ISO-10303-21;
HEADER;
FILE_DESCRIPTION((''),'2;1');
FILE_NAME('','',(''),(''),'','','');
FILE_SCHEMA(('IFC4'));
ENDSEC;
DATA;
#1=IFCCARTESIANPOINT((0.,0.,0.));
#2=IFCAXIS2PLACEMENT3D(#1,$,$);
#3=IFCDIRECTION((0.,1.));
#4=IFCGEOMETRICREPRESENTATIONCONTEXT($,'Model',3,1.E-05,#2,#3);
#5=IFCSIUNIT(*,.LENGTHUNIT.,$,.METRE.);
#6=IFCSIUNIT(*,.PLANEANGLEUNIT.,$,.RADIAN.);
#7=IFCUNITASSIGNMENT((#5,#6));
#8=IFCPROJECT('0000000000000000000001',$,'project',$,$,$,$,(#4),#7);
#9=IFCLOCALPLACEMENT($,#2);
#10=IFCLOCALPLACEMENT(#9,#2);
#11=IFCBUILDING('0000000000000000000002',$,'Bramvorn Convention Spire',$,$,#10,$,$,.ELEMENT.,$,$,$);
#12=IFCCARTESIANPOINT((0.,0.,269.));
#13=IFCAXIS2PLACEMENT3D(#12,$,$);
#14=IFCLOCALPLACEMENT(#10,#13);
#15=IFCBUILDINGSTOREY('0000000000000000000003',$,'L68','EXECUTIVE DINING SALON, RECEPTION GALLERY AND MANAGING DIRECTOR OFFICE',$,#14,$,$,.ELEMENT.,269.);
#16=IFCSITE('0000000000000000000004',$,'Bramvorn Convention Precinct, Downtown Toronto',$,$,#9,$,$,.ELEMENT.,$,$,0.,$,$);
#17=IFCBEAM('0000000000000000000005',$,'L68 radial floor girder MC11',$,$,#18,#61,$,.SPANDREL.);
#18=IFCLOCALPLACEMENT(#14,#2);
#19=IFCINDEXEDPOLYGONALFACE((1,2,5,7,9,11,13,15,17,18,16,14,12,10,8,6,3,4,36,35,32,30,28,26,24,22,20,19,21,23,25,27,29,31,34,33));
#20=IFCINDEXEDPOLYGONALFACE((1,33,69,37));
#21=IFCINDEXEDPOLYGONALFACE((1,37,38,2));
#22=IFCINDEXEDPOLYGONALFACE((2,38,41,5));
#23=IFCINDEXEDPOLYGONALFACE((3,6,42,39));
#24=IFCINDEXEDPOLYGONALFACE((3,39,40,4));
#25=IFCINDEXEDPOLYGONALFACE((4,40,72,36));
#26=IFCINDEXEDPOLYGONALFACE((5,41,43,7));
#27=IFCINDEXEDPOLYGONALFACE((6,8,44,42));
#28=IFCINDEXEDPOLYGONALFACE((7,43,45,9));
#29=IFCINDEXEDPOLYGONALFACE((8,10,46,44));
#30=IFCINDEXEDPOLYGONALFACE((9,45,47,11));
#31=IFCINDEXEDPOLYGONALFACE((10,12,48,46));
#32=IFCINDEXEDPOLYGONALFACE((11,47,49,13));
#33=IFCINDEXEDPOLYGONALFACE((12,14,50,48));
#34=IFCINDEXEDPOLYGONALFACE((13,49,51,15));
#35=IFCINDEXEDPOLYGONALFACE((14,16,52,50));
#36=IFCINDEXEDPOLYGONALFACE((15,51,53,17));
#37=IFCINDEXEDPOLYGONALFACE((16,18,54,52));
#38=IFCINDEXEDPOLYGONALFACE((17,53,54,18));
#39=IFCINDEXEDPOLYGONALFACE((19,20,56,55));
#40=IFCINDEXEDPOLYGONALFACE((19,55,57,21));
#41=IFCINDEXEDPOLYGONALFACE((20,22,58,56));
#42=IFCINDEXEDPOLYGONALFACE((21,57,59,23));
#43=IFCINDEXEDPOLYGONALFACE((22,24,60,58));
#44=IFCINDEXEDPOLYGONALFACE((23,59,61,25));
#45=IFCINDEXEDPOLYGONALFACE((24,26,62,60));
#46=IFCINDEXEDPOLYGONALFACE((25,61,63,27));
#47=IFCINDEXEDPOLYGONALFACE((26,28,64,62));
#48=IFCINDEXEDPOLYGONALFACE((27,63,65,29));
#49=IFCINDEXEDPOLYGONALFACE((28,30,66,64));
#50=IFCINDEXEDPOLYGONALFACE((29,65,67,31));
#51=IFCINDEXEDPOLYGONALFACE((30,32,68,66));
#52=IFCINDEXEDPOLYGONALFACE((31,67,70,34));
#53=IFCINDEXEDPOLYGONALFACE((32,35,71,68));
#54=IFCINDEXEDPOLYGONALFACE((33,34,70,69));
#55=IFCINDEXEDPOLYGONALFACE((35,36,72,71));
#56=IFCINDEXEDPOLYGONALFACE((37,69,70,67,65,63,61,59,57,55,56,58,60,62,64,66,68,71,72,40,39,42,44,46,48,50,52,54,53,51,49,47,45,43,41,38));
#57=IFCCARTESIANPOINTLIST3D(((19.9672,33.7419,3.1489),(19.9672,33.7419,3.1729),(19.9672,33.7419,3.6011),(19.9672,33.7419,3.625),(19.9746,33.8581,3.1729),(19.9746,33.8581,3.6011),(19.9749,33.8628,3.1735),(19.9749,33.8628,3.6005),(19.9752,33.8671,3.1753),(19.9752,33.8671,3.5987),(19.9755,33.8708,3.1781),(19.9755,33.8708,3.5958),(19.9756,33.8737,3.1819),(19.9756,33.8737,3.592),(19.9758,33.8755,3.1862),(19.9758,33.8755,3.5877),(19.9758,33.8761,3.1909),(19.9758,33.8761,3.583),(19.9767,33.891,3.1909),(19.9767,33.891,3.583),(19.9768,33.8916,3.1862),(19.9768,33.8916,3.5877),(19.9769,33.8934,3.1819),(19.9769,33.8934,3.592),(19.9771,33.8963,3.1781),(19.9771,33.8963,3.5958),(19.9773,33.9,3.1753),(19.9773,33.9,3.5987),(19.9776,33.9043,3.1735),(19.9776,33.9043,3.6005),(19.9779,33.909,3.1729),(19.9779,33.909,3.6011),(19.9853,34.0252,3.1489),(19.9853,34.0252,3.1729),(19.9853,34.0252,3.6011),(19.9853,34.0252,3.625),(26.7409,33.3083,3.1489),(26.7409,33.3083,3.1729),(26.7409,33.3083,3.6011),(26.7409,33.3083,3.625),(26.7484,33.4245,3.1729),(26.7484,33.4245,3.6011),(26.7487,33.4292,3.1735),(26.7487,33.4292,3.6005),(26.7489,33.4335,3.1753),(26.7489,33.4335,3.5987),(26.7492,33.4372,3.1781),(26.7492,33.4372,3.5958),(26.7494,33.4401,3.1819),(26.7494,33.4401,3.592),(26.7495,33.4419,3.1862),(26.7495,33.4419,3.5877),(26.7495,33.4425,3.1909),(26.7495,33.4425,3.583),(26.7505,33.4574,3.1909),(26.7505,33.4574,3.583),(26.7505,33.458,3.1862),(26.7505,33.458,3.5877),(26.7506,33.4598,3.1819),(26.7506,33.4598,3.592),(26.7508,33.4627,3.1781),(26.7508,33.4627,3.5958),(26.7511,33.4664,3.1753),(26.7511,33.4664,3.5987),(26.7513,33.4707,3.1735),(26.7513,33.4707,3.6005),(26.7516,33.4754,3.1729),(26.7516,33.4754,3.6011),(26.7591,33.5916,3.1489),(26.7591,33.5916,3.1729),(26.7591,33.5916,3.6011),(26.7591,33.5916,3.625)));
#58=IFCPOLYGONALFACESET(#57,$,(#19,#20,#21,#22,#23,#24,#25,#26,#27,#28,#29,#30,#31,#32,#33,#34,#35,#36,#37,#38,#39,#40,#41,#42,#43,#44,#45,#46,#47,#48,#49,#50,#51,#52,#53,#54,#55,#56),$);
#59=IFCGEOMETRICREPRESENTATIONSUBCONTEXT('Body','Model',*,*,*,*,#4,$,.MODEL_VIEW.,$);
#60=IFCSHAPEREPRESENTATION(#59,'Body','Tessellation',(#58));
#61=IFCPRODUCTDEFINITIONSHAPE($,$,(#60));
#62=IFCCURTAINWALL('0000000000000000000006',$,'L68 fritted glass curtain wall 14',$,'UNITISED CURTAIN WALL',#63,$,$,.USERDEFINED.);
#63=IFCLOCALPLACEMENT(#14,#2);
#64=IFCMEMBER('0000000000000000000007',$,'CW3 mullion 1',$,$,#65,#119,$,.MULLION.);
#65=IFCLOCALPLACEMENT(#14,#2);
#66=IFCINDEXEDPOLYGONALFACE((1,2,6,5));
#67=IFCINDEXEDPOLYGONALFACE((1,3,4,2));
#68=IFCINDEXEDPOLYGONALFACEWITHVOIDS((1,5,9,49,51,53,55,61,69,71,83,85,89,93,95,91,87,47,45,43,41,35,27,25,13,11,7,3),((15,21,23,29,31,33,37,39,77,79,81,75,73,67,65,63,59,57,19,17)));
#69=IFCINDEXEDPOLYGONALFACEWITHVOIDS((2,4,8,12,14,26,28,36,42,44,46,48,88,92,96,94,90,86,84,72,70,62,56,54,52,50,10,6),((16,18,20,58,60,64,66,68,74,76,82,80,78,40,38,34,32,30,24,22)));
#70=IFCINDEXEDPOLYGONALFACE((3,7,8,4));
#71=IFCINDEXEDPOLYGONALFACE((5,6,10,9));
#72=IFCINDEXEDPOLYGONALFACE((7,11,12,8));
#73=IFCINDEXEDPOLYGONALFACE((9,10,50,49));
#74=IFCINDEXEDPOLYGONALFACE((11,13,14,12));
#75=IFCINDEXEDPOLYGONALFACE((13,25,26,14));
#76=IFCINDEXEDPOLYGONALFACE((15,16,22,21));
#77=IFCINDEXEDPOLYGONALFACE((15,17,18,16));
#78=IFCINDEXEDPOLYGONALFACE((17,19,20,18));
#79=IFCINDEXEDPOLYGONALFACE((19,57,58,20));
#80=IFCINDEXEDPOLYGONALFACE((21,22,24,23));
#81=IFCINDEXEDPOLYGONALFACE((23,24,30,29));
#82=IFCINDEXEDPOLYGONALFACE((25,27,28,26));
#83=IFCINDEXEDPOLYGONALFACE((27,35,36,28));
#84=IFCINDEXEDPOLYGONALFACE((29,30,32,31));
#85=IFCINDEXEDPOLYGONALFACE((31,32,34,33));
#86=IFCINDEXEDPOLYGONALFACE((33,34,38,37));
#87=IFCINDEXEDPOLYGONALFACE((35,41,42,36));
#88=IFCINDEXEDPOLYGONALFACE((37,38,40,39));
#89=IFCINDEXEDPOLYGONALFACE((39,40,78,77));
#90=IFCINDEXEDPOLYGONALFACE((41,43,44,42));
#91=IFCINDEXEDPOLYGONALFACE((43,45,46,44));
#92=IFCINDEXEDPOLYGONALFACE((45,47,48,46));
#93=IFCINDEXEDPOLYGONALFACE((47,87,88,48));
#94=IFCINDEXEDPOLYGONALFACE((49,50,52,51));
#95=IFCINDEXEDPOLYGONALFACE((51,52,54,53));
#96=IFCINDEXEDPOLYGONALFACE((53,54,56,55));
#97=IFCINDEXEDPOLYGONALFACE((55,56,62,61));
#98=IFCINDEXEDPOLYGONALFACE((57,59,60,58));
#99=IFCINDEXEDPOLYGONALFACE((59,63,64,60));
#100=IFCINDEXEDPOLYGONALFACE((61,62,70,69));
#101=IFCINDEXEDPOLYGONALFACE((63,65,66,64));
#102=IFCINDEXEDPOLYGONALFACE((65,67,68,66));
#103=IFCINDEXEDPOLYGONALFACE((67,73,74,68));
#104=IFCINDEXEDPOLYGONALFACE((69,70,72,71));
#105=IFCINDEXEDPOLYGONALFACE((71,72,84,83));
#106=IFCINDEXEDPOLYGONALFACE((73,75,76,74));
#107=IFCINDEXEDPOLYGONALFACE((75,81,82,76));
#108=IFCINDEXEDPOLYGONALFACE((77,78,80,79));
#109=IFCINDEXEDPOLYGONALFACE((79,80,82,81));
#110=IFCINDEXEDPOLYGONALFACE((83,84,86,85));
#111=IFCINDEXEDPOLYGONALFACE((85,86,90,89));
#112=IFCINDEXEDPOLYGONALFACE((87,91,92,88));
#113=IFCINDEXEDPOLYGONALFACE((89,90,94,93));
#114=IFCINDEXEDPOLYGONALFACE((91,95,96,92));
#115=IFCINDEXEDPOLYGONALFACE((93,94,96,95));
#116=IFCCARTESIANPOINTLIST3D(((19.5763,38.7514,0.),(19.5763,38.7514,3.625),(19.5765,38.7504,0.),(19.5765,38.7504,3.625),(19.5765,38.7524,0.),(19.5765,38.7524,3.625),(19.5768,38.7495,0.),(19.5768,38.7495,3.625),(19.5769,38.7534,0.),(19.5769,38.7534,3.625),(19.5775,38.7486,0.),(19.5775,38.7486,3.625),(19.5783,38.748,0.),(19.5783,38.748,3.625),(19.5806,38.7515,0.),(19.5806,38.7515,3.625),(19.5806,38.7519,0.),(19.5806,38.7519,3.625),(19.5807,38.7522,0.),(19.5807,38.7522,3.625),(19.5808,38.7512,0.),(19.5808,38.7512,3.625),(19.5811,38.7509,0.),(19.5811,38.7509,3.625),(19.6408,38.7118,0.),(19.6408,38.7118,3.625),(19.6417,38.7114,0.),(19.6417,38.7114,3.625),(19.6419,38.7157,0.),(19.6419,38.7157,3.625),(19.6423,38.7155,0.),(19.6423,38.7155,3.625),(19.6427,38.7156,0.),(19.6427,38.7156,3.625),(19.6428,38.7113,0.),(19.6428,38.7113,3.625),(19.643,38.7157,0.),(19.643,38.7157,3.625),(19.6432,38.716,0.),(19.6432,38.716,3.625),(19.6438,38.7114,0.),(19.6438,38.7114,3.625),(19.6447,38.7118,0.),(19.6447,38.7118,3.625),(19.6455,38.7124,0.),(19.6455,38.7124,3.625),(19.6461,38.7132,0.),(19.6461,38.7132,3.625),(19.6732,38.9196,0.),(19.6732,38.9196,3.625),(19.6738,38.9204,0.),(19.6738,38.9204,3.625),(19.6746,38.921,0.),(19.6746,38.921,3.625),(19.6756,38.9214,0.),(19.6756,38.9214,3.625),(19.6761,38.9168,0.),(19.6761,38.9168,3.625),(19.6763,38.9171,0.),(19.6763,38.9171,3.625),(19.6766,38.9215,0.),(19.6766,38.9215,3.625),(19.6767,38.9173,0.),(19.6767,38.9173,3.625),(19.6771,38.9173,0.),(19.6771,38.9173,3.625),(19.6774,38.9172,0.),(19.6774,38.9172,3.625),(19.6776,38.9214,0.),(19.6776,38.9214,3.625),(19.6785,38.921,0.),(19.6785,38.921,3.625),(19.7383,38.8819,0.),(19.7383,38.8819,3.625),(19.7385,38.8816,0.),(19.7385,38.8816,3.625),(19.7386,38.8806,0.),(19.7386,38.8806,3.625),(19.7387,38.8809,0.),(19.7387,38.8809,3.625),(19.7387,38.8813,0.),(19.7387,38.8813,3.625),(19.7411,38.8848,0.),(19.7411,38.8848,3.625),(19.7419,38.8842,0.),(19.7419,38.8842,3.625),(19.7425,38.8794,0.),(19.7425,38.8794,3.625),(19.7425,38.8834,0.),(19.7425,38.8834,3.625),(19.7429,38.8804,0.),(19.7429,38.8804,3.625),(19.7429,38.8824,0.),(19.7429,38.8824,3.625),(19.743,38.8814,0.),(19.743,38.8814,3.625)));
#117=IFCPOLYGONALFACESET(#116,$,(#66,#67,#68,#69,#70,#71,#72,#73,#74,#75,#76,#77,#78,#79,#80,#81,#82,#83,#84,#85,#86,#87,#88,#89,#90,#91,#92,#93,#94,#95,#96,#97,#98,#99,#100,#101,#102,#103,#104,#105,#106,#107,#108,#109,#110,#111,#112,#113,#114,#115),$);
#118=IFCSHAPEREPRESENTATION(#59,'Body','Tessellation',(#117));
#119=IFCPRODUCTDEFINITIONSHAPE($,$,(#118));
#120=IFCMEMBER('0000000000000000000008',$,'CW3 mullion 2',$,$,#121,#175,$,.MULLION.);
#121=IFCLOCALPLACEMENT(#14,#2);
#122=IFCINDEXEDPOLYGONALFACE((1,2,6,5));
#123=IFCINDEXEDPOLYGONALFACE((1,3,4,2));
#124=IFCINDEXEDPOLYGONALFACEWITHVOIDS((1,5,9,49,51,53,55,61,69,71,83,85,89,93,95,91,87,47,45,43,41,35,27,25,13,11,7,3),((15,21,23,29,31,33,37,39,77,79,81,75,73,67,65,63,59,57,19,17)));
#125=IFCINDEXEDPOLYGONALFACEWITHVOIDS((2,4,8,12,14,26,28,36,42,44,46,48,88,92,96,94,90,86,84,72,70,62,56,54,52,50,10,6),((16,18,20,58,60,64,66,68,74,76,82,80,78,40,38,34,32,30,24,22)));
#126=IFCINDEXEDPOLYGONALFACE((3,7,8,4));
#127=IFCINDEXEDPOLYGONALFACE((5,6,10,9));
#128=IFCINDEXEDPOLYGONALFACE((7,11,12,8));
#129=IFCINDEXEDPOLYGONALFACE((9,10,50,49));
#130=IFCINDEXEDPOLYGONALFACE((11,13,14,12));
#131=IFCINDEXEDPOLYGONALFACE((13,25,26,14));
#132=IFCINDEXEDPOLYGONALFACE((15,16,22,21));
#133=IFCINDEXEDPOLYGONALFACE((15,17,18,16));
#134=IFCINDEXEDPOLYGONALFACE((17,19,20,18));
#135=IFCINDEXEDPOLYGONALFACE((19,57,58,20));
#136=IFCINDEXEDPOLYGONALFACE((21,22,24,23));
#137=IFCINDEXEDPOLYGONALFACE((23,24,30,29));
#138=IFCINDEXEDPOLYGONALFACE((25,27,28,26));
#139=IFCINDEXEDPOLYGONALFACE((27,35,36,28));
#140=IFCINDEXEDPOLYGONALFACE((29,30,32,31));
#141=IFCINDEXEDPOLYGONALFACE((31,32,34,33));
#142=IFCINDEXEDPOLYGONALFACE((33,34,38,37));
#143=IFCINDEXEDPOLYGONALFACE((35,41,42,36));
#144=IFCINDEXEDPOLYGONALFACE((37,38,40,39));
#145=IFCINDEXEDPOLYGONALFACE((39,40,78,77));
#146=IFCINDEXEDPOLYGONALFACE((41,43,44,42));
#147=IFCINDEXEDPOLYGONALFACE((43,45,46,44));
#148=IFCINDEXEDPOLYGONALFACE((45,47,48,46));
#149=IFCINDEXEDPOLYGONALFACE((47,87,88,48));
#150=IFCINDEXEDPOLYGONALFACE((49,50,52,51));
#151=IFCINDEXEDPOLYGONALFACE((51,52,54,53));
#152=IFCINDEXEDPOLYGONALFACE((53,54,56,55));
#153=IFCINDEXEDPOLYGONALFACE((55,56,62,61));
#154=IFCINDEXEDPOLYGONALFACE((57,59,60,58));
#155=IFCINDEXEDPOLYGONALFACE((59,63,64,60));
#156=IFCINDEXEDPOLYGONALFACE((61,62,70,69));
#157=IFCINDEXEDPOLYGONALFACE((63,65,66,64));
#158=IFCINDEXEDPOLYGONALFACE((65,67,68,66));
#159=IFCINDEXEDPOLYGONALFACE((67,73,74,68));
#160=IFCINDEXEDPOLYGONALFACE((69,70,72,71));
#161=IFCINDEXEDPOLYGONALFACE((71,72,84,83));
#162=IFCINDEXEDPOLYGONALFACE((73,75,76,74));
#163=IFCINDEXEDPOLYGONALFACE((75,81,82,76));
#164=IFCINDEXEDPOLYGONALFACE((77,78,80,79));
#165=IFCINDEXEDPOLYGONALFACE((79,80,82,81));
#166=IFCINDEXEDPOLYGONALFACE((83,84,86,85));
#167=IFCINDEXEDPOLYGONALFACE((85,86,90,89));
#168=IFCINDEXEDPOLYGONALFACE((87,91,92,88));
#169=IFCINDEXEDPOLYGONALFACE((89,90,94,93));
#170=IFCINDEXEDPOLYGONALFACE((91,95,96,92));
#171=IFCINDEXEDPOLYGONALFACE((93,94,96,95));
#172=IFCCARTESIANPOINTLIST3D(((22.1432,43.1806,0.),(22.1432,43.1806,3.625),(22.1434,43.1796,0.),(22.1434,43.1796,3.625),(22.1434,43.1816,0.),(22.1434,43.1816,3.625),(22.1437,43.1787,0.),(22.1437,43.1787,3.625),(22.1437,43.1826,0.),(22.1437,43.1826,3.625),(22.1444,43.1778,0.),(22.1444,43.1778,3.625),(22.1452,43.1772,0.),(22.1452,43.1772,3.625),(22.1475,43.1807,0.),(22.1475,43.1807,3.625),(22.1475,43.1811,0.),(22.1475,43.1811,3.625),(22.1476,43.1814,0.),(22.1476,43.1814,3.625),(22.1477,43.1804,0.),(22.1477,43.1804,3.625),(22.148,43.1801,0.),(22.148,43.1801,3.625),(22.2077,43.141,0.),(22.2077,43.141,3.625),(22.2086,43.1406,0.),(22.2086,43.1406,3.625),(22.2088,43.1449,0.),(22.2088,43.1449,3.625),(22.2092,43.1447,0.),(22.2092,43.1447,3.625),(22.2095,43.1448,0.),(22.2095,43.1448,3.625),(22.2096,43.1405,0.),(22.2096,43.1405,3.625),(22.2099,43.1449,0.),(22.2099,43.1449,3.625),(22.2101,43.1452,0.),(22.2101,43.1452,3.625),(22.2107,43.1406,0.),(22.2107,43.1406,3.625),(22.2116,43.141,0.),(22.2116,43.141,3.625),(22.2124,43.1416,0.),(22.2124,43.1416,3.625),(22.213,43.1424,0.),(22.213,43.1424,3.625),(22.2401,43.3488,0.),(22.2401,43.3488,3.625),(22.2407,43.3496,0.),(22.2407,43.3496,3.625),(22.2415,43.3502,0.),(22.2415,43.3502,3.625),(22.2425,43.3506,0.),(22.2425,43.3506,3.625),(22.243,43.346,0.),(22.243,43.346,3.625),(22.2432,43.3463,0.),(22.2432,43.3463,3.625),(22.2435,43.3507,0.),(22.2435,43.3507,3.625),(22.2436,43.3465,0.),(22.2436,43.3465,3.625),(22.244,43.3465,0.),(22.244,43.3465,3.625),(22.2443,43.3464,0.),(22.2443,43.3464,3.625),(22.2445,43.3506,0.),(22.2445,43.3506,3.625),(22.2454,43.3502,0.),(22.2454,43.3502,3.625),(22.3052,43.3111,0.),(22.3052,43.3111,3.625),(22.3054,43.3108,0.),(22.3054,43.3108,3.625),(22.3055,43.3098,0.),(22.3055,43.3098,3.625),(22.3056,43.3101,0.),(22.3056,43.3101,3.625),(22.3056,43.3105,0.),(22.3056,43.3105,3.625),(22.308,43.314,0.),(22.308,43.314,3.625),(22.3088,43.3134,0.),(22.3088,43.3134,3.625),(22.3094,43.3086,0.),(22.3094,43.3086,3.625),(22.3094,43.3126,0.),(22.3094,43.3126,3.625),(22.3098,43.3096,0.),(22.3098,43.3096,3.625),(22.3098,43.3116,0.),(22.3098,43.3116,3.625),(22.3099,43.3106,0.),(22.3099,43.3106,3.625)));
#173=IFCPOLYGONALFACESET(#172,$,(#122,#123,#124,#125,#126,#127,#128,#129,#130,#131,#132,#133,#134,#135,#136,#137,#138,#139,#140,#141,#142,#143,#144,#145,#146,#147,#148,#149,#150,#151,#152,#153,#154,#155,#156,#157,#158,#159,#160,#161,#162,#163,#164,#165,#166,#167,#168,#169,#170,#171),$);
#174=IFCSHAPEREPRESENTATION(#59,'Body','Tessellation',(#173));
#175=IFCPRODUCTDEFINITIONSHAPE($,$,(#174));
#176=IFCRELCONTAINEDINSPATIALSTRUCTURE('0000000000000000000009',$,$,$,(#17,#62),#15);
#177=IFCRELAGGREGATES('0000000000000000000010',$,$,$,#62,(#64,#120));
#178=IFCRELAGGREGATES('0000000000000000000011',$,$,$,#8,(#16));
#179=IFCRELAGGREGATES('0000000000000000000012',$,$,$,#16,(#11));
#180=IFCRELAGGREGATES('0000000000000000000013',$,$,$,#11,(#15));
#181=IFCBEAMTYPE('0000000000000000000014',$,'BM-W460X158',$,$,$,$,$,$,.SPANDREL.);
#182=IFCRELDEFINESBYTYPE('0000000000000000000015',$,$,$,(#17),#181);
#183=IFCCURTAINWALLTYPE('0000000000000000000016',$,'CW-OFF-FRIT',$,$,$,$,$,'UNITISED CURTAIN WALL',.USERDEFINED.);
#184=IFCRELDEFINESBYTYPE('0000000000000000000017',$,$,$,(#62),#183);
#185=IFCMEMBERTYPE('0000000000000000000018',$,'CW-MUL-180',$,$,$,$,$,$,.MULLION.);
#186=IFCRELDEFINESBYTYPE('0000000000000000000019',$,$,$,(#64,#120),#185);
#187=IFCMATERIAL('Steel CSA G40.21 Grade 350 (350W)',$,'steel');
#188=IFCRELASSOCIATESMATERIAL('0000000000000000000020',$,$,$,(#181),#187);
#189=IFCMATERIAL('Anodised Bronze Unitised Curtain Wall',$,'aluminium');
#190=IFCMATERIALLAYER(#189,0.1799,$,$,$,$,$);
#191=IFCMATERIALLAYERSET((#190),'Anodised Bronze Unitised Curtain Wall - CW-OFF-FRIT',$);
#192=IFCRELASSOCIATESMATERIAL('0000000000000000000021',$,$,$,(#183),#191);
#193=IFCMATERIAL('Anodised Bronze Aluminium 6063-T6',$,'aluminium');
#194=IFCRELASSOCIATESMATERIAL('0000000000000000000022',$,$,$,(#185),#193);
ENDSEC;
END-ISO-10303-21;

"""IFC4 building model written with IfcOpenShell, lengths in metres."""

from ifc_helpers import new_model, si_unit, direction, frame, origin, origin_2d, place, context, subcontext, project, spatial, hollow_rectangle, i_section, extrude, material, layer, layer_set, material_profile, profile_set, type_object, element, aggregate, save


model = new_model("IFC4")

# Units and contexts
model_context = context("Model", 3, precision=1e-05, world=origin(), true_north=direction((0.0, 1.0)))
body_context = subcontext(model_context, "Body", "Model", "MODEL_VIEW")
ifc_project = project(units=[si_unit("LENGTHUNIT", "METRE"), si_unit("PLANEANGLEUNIT", "RADIAN")], contexts=[model_context])

# Site, building, storey
site_placement = place(None, origin())
site = spatial("IfcSite", under=ifc_project, at=site_placement, Name="Bramvorn Convention Precinct, Downtown Toronto", CompositionType="ELEMENT", RefElevation=0.0)
building_placement = place(site_placement, origin())
building = spatial("IfcBuilding", under=site, at=building_placement, Name="Bramvorn Convention Spire", CompositionType="ELEMENT")
storey_placement = place(building_placement, frame((0.0, 0.0, 269.0)))
storey = spatial("IfcBuildingStorey", under=building, at=storey_placement, Name="L68", Description="EXECUTIVE DINING SALON, RECEPTION GALLERY AND MANAGING DIRECTOR OFFICE", CompositionType="ELEMENT", Elevation=269.0)

# Shared definitions
ifc_material_1 = material(Name="Steel CSA G40.21 Grade 350 (350W)", Category="steel")

# Beam
ifc_material_profile_1 = material_profile(ifc_material_1, i_section(OverallWidth=0.2839, OverallDepth=0.4761, WebThickness=0.0149, FlangeThickness=0.0239, FilletRadius=0.0181, at=origin_2d()))
ifc_profile_set_1 = profile_set([ifc_material_profile_1], Name="Steel CSA G40.21 Grade 350 (350W) - W460X158")
beam_type_1 = type_object("IfcBeamType", Name="BM-W460X158", PredefinedType="SPANDREL", material=ifc_profile_set_1)
beam_1_placement = place(storey_placement, frame((26.75, 33.45, 3.387), z_axis=(-0.997958, 0.063881, 0.0), x_axis=(-0.063881, -0.997958, 0.0)))
element("IfcBeam", 1, at=beam_1_placement, inside=storey, type_object=beam_type_1, Name="L68 radial floor girder MC11", PredefinedType="SPANDREL", context=body_context, shape_type="SweptSolid", body=[
    extrude(i_section(OverallWidth=0.2839, OverallDepth=0.4761, WebThickness=0.0149, FlangeThickness=0.0239, FilletRadius=0.0181, at=origin_2d()), origin(), (0.0, 0.0, 1.0), 6.7876),
])

# Curtain wall, members
ifc_material_2 = material(Name="Anodised Bronze Unitised Curtain Wall", Category="aluminium")
ifc_layer_1 = layer(ifc_material_2, 0.1799)
ifc_layer_set_1 = layer_set([ifc_layer_1], Name="Anodised Bronze Unitised Curtain Wall - CW-OFF-FRIT")
curtain_wall_type = type_object("IfcCurtainWallType", Name="CW-OFF-FRIT", ElementType="UNITISED CURTAIN WALL", PredefinedType="USERDEFINED", material=ifc_layer_set_1)
curtain_wall_1_placement = place(storey_placement, origin())
curtain_wall_1 = element("IfcCurtainWall", 2, at=curtain_wall_1_placement, inside=storey, type_object=curtain_wall_type, Name="L68 fritted glass curtain wall 14", ObjectType="UNITISED CURTAIN WALL", PredefinedType="USERDEFINED")
ifc_material_3 = material(Name="Anodised Bronze Aluminium 6063-T6", Category="aluminium")
ifc_material_profile_2 = material_profile(ifc_material_3, hollow_rectangle(XDim=0.0801, YDim=0.2, WallThickness=0.0039, InnerFilletRadius=0.001, OuterFilletRadius=0.0039, at=origin_2d()))
ifc_profile_set_2 = profile_set([ifc_material_profile_2], Name="Anodised Bronze Aluminium 6063-T6 - CWM80X200")
member_type_1 = type_object("IfcMemberType", Name="CW-MUL-180", PredefinedType="MULLION", material=ifc_profile_set_2)
member_1_placement = place(storey_placement, frame((19.6597, 38.8164, 0.0), z_axis=(0.0, 0.0, 1.0), x_axis=(-0.865202, 0.501424, 0.0)))
member_1 = element("IfcMember", 3, at=member_1_placement, type_object=member_type_1, Name="CW3 mullion 1", PredefinedType="MULLION", context=body_context, shape_type="SweptSolid", body=[
    extrude(hollow_rectangle(XDim=0.0801, YDim=0.2, WallThickness=0.0039, InnerFilletRadius=0.001, OuterFilletRadius=0.0039, at=origin_2d()), origin(), (0.0, 0.0, 1.0), 3.625),
])
member_2_placement = place(storey_placement, frame((22.2266, 43.2456, 0.0), z_axis=(0.0, 0.0, 1.0), x_axis=(-0.865202, 0.501424, 0.0)))
member_2 = element("IfcMember", 4, at=member_2_placement, type_object=member_type_1, Name="CW3 mullion 2", PredefinedType="MULLION", context=body_context, shape_type="SweptSolid", body=[
    extrude(hollow_rectangle(XDim=0.0801, YDim=0.2, WallThickness=0.0039, InnerFilletRadius=0.001, OuterFilletRadius=0.0039, at=origin_2d()), origin(), (0.0, 0.0, 1.0), 3.625),
])

aggregate(curtain_wall_1, [member_1, member_2])

save(model, "model.ifc")
